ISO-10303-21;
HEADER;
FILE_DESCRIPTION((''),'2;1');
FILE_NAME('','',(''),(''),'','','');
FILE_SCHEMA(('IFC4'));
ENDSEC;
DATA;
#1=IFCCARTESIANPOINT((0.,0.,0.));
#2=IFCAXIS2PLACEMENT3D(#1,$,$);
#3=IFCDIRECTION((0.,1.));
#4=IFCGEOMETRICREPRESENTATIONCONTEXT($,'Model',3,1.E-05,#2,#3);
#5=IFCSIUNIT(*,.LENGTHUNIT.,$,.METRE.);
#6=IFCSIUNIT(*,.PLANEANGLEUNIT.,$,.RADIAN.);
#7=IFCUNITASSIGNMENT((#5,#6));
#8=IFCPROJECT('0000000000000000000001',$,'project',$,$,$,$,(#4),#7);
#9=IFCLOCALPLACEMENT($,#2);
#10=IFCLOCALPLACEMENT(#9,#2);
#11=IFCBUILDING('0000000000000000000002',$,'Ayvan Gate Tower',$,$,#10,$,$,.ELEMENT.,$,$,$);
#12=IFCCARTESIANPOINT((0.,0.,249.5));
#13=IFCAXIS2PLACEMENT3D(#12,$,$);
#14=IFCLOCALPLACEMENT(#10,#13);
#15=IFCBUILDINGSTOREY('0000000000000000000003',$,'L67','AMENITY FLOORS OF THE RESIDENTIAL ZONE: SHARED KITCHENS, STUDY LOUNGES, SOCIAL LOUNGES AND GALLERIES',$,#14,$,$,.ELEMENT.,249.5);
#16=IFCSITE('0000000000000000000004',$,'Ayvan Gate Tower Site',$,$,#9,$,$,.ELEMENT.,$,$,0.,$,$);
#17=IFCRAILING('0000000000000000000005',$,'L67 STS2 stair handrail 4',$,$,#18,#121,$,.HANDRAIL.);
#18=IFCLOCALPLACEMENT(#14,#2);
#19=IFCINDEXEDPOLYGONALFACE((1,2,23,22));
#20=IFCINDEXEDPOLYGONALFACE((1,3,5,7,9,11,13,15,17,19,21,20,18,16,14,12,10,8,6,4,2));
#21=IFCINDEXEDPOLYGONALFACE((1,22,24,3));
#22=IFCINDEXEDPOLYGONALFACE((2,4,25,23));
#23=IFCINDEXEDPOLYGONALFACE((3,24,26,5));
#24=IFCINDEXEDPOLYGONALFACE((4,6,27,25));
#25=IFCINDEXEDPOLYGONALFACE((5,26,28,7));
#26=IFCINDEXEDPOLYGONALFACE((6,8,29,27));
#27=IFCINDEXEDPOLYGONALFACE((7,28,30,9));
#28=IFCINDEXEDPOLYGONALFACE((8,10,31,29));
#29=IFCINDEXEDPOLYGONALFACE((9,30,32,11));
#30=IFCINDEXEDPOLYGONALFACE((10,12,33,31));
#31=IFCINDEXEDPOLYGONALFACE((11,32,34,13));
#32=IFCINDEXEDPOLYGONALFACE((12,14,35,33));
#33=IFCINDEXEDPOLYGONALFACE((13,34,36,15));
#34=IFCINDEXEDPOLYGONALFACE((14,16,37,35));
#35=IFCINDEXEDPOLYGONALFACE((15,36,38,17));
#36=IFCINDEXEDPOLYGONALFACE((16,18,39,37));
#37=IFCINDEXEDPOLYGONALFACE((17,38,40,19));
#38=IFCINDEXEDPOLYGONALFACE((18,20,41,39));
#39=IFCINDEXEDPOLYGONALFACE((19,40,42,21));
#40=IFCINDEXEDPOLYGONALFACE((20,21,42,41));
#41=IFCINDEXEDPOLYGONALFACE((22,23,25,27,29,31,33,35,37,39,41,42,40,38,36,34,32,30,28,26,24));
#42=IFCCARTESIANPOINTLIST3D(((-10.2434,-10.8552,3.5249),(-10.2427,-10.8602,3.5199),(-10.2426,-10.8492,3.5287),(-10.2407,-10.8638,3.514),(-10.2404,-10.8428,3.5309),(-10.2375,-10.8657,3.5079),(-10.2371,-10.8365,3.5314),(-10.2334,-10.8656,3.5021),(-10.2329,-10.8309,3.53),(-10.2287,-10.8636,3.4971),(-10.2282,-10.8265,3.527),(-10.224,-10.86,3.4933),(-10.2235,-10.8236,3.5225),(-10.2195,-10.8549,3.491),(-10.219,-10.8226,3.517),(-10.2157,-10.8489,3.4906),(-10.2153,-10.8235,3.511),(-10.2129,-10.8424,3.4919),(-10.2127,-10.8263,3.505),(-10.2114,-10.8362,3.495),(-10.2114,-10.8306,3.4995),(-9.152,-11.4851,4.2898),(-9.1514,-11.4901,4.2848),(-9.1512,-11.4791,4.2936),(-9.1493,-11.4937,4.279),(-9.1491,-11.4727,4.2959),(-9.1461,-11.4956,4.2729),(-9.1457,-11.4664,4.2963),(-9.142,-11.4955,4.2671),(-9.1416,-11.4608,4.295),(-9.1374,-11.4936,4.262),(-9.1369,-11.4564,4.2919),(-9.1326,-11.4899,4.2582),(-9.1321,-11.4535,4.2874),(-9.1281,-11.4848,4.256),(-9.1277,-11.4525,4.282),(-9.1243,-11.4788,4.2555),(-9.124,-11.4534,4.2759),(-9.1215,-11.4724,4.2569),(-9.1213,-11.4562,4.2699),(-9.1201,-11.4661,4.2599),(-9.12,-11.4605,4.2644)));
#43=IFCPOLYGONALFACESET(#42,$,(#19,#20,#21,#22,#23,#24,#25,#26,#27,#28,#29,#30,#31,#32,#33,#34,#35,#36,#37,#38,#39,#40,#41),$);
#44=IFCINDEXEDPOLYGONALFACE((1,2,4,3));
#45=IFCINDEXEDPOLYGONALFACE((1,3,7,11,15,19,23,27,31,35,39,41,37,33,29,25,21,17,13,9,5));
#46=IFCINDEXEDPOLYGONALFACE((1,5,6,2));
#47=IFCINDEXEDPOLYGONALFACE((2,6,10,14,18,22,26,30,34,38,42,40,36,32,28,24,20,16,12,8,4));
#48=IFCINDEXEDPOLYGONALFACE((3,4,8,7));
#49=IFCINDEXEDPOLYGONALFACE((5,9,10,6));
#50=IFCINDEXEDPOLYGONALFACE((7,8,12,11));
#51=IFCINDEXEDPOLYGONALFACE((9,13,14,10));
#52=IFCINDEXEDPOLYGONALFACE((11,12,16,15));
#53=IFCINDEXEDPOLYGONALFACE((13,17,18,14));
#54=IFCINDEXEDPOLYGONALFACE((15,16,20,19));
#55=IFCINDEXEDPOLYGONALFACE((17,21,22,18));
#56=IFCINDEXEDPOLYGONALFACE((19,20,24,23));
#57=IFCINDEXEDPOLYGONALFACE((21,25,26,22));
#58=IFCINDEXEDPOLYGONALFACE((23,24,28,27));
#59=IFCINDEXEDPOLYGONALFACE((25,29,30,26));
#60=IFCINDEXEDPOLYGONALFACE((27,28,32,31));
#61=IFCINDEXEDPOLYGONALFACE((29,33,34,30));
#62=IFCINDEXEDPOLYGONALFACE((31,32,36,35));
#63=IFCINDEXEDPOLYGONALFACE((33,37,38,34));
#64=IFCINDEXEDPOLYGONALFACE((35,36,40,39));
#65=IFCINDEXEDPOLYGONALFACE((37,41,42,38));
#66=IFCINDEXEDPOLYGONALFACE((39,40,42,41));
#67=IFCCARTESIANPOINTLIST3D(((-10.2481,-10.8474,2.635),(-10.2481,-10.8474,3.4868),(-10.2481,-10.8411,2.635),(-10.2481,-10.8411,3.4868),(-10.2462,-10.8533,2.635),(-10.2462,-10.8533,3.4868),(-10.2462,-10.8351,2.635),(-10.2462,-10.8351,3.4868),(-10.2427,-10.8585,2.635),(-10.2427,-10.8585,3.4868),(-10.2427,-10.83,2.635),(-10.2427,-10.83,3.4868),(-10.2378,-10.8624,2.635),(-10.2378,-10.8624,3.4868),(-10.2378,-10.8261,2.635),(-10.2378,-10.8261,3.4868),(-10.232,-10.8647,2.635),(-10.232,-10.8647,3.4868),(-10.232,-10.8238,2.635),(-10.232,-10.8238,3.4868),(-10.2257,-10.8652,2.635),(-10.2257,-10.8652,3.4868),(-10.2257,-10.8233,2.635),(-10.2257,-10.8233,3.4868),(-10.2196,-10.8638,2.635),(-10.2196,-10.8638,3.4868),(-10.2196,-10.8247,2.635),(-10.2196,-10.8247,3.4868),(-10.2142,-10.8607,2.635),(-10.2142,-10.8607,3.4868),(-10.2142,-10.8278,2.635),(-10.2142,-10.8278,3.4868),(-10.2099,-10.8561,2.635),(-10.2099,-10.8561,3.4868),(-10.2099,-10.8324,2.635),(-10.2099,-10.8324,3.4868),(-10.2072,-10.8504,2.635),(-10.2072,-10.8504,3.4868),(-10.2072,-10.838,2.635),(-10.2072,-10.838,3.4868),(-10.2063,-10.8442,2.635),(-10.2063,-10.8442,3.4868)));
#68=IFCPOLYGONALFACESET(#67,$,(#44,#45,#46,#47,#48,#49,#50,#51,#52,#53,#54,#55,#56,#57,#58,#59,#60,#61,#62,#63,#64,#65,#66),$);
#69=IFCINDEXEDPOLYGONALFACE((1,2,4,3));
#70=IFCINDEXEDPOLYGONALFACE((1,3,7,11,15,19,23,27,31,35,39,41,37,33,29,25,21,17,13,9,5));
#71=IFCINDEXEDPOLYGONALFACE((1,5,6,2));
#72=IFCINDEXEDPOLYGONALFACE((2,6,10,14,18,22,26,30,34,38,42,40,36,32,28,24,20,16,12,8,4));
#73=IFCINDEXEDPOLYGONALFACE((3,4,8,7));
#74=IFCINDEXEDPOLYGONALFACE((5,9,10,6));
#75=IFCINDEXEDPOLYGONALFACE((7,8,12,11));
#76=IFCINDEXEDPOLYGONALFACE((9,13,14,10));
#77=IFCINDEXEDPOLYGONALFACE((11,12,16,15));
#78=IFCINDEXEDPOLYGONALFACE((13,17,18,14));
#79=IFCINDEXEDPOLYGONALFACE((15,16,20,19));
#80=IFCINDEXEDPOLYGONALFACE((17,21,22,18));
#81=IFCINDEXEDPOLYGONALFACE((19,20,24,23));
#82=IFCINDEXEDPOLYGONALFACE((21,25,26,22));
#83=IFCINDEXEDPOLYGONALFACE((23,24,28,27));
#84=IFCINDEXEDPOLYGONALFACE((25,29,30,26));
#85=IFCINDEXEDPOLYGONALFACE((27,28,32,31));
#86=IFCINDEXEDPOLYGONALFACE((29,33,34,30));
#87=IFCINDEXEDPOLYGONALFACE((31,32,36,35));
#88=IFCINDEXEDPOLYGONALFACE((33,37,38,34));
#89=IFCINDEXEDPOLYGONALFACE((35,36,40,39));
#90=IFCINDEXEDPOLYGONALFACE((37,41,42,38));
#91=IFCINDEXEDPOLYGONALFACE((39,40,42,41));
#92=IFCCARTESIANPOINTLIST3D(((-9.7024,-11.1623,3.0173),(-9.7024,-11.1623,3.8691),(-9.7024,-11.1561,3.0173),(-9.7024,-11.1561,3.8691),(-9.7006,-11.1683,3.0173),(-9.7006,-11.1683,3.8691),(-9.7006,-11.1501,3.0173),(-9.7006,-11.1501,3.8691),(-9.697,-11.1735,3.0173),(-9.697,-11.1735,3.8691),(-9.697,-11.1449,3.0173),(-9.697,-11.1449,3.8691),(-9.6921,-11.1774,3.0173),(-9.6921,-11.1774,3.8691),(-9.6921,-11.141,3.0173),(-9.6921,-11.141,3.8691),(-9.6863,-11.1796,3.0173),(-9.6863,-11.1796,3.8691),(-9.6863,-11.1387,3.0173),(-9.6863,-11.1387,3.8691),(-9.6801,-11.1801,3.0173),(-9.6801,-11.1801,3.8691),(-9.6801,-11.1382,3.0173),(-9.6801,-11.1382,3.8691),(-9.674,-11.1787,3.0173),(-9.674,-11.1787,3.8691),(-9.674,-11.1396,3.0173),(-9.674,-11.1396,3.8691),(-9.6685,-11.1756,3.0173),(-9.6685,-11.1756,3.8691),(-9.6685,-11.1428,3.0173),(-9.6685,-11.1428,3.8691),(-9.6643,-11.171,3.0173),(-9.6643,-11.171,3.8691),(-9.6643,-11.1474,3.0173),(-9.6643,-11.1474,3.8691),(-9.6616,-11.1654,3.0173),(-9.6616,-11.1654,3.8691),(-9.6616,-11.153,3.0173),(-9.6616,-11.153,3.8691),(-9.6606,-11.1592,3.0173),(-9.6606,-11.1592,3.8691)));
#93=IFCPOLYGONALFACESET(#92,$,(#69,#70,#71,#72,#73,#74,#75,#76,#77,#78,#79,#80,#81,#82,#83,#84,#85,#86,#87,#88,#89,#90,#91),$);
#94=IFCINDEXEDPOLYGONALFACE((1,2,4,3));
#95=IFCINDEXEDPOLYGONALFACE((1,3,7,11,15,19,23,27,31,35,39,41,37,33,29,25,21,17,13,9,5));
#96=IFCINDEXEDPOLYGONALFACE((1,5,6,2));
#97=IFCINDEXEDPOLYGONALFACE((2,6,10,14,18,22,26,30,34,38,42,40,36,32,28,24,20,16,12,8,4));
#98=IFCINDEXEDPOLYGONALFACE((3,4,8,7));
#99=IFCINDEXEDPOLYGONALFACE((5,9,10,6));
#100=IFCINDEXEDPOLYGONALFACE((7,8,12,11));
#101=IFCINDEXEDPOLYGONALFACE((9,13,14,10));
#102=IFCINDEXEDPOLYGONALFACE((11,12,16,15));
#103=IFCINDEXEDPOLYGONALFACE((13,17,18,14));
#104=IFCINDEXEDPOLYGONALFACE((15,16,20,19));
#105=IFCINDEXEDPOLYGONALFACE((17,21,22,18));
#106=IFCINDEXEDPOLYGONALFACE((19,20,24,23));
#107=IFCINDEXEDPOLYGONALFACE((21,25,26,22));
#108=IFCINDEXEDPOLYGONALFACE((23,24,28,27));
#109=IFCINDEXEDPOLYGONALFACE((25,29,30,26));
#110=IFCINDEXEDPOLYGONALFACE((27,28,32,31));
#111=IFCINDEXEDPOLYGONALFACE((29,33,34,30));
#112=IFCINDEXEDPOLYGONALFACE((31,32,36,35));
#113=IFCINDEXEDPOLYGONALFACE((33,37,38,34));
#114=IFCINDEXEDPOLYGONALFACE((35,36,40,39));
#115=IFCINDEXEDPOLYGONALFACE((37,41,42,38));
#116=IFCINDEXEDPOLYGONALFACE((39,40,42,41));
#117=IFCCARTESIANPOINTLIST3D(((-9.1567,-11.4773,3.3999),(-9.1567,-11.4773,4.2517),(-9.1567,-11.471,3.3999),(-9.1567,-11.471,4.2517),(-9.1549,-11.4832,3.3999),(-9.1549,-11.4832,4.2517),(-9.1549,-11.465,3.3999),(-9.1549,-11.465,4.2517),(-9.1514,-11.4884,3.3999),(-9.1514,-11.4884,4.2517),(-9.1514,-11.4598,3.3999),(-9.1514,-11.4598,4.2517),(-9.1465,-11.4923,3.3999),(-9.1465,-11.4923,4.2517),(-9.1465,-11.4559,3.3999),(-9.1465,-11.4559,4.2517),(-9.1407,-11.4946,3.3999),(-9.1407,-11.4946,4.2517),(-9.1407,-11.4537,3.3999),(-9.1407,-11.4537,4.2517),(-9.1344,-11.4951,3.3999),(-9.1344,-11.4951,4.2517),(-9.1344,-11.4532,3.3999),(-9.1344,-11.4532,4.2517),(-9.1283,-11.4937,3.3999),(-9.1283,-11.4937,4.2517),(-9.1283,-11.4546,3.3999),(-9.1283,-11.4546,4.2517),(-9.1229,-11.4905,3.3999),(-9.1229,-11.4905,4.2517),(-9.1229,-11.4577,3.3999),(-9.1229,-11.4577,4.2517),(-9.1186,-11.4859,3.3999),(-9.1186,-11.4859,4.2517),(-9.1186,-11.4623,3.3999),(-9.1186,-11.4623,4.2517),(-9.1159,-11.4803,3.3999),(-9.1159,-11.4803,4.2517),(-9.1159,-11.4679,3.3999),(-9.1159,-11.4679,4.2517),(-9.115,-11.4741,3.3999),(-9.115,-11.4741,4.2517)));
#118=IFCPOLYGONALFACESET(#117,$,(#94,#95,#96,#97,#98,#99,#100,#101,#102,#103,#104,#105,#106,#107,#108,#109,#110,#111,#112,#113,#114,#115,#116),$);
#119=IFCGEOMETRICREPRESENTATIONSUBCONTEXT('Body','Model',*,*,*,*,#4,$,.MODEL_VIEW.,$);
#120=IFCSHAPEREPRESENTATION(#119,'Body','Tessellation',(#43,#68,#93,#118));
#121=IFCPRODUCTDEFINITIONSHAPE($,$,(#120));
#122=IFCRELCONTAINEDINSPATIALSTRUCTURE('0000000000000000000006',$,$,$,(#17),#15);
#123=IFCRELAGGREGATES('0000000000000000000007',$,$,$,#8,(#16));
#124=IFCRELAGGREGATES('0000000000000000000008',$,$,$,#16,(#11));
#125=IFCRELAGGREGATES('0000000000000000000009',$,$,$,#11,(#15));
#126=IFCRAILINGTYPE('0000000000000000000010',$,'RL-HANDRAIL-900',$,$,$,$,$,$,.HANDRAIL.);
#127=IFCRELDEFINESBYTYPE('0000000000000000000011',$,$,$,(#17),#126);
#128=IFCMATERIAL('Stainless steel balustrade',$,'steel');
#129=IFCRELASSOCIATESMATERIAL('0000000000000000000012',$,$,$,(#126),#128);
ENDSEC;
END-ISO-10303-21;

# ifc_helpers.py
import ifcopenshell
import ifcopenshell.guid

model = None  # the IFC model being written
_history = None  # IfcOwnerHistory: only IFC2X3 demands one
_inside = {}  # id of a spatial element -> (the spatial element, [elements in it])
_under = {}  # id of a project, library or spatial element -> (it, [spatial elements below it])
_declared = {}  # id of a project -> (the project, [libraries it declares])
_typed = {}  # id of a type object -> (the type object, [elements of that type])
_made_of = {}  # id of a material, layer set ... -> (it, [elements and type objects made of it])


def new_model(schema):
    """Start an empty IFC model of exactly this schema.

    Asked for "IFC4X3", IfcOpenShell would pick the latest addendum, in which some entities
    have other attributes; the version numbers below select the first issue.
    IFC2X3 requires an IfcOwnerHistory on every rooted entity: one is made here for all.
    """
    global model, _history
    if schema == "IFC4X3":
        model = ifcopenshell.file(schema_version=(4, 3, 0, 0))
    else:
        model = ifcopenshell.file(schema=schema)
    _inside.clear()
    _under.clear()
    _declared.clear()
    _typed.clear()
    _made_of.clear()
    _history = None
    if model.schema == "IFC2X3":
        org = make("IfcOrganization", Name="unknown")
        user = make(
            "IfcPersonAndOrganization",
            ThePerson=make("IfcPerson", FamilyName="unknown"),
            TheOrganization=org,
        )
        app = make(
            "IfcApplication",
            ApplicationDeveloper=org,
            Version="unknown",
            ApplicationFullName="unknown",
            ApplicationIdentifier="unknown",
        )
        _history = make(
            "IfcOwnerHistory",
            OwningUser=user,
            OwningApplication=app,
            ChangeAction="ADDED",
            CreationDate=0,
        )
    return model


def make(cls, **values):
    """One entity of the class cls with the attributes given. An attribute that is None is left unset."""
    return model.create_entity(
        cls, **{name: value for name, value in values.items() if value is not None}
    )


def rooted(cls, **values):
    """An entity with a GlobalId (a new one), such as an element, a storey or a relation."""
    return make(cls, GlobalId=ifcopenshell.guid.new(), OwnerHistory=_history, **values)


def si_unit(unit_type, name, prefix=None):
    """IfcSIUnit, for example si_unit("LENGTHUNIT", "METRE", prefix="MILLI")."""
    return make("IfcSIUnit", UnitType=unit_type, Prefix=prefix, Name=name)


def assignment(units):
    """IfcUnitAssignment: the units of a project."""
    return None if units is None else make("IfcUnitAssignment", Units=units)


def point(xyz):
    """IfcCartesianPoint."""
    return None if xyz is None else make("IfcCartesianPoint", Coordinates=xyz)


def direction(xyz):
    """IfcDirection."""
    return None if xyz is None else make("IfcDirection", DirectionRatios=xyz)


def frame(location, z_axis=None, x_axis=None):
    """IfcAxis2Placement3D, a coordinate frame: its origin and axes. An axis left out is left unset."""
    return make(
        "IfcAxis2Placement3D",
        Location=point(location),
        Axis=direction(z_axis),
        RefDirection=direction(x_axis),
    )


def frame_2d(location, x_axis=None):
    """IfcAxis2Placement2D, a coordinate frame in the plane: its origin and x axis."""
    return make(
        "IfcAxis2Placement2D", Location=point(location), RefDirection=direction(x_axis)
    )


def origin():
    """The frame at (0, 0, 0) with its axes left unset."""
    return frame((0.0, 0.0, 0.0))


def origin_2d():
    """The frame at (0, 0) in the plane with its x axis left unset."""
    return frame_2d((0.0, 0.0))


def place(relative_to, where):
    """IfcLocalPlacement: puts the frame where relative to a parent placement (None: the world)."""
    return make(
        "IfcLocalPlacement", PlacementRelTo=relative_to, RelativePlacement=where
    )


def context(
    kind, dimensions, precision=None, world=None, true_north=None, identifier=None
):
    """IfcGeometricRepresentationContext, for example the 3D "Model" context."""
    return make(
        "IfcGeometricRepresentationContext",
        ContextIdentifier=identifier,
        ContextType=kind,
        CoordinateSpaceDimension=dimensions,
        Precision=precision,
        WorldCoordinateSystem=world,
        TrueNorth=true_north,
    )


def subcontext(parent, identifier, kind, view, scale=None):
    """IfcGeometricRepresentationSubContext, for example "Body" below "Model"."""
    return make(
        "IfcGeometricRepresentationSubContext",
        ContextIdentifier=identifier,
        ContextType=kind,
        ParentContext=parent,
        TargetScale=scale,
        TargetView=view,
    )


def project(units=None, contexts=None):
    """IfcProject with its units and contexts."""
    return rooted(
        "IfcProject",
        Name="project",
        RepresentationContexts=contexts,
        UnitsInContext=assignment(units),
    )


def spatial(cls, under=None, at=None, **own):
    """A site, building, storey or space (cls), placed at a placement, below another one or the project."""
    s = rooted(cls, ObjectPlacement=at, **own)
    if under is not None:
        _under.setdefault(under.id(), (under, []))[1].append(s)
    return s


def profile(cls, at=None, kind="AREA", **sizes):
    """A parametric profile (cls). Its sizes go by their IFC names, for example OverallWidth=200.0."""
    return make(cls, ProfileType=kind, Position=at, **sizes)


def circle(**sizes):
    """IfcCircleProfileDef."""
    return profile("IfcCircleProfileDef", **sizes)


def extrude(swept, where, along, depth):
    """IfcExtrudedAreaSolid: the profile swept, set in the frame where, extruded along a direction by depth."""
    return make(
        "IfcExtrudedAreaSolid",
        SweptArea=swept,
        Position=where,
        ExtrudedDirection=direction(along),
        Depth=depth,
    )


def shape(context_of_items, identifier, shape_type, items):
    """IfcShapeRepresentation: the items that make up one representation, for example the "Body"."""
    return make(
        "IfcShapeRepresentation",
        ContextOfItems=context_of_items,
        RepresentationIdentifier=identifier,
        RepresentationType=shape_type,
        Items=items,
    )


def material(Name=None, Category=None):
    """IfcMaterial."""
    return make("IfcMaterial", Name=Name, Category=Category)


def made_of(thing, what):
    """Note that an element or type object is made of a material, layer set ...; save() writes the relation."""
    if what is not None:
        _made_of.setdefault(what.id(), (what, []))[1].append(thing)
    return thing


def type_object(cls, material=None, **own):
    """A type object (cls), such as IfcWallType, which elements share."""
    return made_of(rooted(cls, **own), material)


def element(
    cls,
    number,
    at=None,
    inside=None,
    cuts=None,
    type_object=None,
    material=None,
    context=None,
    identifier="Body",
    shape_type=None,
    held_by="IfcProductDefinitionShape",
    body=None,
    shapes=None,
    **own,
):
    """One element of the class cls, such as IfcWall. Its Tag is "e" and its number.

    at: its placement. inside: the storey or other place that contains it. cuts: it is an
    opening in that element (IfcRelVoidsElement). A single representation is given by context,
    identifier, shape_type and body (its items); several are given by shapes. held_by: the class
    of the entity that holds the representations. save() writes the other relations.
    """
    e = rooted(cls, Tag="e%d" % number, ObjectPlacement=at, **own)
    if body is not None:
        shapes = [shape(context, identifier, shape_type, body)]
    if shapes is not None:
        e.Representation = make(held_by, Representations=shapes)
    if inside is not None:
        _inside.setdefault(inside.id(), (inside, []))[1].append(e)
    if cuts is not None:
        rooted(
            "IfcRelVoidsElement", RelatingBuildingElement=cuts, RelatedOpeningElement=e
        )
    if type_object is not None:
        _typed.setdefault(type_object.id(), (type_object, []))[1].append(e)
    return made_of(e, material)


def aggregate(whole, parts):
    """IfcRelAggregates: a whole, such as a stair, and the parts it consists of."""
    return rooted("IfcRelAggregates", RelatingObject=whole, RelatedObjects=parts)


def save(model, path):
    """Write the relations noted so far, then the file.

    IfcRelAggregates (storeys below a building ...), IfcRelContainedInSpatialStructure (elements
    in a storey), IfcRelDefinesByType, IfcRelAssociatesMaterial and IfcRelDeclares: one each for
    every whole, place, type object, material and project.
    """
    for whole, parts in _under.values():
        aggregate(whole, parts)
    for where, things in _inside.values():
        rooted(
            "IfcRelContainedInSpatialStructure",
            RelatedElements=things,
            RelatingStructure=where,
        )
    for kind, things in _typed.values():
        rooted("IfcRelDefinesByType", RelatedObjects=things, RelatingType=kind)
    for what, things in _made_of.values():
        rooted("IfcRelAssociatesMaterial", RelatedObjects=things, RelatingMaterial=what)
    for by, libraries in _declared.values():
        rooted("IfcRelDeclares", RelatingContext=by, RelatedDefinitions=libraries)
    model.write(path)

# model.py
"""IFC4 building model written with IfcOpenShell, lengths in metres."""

from ifc_helpers import new_model, si_unit, direction, frame, origin, origin_2d, place, context, subcontext, project, spatial, circle, extrude, material, type_object, element, save


model = new_model("IFC4")

# Units and contexts
model_context = context("Model", 3, precision=1e-05, world=origin(), true_north=direction((0.0, 1.0)))
body_context = subcontext(model_context, "Body", "Model", "MODEL_VIEW")
ifc_project = project(units=[si_unit("LENGTHUNIT", "METRE"), si_unit("PLANEANGLEUNIT", "RADIAN")], contexts=[model_context])

# Site, building, storey
site_placement = place(None, origin())
site = spatial("IfcSite", under=ifc_project, at=site_placement, Name="Ayvan Gate Tower Site", CompositionType="ELEMENT", RefElevation=0.0)
building_placement = place(site_placement, origin())
building = spatial("IfcBuilding", under=site, at=building_placement, Name="Ayvan Gate Tower", CompositionType="ELEMENT")
storey_placement = place(building_placement, frame((0.0, 0.0, 249.5)))
storey = spatial("IfcBuildingStorey", under=building, at=storey_placement, Name="L67", Description="AMENITY FLOORS OF THE RESIDENTIAL ZONE: SHARED KITCHENS, STUDY LOUNGES, SOCIAL LOUNGES AND GALLERIES", CompositionType="ELEMENT", Elevation=249.5)

# Railing
ifc_material_1 = material(Name="Stainless steel balustrade", Category="steel")
railing_type_1 = type_object("IfcRailingType", Name="RL-HANDRAIL-900", PredefinedType="HANDRAIL", material=ifc_material_1)
railing_1_placement = place(storey_placement, frame((-10.2273, -10.8442, 2.635)))
element("IfcRailing", 1, at=railing_1_placement, inside=storey, type_object=railing_type_1, Name="L67 STS2 stair handrail 4", PredefinedType="HANDRAIL", context=body_context, shape_type="SweptSolid", body=[
    extrude(circle(Radius=0.0239, at=origin_2d()), frame((0.0, 0.0, 0.876), z_axis=(0.740357, -0.42732, 0.518912), x_axis=(0.49989, 0.866089, 0.0)), (0.0, 0.0, 1.0), 1.4741),
    extrude(circle(Radius=0.021, at=origin_2d()), origin(), (0.0, 0.0, 1.0), 0.8518),
    extrude(circle(Radius=0.021, at=origin_2d()), frame((0.5457, -0.3149, 0.3823)), (0.0, 0.0, 1.0), 0.8518),
    extrude(circle(Radius=0.021, at=origin_2d()), frame((1.0913, -0.6299, 0.7649)), (0.0, 0.0, 1.0), 0.8518),
])

save(model, "model.ifc")
